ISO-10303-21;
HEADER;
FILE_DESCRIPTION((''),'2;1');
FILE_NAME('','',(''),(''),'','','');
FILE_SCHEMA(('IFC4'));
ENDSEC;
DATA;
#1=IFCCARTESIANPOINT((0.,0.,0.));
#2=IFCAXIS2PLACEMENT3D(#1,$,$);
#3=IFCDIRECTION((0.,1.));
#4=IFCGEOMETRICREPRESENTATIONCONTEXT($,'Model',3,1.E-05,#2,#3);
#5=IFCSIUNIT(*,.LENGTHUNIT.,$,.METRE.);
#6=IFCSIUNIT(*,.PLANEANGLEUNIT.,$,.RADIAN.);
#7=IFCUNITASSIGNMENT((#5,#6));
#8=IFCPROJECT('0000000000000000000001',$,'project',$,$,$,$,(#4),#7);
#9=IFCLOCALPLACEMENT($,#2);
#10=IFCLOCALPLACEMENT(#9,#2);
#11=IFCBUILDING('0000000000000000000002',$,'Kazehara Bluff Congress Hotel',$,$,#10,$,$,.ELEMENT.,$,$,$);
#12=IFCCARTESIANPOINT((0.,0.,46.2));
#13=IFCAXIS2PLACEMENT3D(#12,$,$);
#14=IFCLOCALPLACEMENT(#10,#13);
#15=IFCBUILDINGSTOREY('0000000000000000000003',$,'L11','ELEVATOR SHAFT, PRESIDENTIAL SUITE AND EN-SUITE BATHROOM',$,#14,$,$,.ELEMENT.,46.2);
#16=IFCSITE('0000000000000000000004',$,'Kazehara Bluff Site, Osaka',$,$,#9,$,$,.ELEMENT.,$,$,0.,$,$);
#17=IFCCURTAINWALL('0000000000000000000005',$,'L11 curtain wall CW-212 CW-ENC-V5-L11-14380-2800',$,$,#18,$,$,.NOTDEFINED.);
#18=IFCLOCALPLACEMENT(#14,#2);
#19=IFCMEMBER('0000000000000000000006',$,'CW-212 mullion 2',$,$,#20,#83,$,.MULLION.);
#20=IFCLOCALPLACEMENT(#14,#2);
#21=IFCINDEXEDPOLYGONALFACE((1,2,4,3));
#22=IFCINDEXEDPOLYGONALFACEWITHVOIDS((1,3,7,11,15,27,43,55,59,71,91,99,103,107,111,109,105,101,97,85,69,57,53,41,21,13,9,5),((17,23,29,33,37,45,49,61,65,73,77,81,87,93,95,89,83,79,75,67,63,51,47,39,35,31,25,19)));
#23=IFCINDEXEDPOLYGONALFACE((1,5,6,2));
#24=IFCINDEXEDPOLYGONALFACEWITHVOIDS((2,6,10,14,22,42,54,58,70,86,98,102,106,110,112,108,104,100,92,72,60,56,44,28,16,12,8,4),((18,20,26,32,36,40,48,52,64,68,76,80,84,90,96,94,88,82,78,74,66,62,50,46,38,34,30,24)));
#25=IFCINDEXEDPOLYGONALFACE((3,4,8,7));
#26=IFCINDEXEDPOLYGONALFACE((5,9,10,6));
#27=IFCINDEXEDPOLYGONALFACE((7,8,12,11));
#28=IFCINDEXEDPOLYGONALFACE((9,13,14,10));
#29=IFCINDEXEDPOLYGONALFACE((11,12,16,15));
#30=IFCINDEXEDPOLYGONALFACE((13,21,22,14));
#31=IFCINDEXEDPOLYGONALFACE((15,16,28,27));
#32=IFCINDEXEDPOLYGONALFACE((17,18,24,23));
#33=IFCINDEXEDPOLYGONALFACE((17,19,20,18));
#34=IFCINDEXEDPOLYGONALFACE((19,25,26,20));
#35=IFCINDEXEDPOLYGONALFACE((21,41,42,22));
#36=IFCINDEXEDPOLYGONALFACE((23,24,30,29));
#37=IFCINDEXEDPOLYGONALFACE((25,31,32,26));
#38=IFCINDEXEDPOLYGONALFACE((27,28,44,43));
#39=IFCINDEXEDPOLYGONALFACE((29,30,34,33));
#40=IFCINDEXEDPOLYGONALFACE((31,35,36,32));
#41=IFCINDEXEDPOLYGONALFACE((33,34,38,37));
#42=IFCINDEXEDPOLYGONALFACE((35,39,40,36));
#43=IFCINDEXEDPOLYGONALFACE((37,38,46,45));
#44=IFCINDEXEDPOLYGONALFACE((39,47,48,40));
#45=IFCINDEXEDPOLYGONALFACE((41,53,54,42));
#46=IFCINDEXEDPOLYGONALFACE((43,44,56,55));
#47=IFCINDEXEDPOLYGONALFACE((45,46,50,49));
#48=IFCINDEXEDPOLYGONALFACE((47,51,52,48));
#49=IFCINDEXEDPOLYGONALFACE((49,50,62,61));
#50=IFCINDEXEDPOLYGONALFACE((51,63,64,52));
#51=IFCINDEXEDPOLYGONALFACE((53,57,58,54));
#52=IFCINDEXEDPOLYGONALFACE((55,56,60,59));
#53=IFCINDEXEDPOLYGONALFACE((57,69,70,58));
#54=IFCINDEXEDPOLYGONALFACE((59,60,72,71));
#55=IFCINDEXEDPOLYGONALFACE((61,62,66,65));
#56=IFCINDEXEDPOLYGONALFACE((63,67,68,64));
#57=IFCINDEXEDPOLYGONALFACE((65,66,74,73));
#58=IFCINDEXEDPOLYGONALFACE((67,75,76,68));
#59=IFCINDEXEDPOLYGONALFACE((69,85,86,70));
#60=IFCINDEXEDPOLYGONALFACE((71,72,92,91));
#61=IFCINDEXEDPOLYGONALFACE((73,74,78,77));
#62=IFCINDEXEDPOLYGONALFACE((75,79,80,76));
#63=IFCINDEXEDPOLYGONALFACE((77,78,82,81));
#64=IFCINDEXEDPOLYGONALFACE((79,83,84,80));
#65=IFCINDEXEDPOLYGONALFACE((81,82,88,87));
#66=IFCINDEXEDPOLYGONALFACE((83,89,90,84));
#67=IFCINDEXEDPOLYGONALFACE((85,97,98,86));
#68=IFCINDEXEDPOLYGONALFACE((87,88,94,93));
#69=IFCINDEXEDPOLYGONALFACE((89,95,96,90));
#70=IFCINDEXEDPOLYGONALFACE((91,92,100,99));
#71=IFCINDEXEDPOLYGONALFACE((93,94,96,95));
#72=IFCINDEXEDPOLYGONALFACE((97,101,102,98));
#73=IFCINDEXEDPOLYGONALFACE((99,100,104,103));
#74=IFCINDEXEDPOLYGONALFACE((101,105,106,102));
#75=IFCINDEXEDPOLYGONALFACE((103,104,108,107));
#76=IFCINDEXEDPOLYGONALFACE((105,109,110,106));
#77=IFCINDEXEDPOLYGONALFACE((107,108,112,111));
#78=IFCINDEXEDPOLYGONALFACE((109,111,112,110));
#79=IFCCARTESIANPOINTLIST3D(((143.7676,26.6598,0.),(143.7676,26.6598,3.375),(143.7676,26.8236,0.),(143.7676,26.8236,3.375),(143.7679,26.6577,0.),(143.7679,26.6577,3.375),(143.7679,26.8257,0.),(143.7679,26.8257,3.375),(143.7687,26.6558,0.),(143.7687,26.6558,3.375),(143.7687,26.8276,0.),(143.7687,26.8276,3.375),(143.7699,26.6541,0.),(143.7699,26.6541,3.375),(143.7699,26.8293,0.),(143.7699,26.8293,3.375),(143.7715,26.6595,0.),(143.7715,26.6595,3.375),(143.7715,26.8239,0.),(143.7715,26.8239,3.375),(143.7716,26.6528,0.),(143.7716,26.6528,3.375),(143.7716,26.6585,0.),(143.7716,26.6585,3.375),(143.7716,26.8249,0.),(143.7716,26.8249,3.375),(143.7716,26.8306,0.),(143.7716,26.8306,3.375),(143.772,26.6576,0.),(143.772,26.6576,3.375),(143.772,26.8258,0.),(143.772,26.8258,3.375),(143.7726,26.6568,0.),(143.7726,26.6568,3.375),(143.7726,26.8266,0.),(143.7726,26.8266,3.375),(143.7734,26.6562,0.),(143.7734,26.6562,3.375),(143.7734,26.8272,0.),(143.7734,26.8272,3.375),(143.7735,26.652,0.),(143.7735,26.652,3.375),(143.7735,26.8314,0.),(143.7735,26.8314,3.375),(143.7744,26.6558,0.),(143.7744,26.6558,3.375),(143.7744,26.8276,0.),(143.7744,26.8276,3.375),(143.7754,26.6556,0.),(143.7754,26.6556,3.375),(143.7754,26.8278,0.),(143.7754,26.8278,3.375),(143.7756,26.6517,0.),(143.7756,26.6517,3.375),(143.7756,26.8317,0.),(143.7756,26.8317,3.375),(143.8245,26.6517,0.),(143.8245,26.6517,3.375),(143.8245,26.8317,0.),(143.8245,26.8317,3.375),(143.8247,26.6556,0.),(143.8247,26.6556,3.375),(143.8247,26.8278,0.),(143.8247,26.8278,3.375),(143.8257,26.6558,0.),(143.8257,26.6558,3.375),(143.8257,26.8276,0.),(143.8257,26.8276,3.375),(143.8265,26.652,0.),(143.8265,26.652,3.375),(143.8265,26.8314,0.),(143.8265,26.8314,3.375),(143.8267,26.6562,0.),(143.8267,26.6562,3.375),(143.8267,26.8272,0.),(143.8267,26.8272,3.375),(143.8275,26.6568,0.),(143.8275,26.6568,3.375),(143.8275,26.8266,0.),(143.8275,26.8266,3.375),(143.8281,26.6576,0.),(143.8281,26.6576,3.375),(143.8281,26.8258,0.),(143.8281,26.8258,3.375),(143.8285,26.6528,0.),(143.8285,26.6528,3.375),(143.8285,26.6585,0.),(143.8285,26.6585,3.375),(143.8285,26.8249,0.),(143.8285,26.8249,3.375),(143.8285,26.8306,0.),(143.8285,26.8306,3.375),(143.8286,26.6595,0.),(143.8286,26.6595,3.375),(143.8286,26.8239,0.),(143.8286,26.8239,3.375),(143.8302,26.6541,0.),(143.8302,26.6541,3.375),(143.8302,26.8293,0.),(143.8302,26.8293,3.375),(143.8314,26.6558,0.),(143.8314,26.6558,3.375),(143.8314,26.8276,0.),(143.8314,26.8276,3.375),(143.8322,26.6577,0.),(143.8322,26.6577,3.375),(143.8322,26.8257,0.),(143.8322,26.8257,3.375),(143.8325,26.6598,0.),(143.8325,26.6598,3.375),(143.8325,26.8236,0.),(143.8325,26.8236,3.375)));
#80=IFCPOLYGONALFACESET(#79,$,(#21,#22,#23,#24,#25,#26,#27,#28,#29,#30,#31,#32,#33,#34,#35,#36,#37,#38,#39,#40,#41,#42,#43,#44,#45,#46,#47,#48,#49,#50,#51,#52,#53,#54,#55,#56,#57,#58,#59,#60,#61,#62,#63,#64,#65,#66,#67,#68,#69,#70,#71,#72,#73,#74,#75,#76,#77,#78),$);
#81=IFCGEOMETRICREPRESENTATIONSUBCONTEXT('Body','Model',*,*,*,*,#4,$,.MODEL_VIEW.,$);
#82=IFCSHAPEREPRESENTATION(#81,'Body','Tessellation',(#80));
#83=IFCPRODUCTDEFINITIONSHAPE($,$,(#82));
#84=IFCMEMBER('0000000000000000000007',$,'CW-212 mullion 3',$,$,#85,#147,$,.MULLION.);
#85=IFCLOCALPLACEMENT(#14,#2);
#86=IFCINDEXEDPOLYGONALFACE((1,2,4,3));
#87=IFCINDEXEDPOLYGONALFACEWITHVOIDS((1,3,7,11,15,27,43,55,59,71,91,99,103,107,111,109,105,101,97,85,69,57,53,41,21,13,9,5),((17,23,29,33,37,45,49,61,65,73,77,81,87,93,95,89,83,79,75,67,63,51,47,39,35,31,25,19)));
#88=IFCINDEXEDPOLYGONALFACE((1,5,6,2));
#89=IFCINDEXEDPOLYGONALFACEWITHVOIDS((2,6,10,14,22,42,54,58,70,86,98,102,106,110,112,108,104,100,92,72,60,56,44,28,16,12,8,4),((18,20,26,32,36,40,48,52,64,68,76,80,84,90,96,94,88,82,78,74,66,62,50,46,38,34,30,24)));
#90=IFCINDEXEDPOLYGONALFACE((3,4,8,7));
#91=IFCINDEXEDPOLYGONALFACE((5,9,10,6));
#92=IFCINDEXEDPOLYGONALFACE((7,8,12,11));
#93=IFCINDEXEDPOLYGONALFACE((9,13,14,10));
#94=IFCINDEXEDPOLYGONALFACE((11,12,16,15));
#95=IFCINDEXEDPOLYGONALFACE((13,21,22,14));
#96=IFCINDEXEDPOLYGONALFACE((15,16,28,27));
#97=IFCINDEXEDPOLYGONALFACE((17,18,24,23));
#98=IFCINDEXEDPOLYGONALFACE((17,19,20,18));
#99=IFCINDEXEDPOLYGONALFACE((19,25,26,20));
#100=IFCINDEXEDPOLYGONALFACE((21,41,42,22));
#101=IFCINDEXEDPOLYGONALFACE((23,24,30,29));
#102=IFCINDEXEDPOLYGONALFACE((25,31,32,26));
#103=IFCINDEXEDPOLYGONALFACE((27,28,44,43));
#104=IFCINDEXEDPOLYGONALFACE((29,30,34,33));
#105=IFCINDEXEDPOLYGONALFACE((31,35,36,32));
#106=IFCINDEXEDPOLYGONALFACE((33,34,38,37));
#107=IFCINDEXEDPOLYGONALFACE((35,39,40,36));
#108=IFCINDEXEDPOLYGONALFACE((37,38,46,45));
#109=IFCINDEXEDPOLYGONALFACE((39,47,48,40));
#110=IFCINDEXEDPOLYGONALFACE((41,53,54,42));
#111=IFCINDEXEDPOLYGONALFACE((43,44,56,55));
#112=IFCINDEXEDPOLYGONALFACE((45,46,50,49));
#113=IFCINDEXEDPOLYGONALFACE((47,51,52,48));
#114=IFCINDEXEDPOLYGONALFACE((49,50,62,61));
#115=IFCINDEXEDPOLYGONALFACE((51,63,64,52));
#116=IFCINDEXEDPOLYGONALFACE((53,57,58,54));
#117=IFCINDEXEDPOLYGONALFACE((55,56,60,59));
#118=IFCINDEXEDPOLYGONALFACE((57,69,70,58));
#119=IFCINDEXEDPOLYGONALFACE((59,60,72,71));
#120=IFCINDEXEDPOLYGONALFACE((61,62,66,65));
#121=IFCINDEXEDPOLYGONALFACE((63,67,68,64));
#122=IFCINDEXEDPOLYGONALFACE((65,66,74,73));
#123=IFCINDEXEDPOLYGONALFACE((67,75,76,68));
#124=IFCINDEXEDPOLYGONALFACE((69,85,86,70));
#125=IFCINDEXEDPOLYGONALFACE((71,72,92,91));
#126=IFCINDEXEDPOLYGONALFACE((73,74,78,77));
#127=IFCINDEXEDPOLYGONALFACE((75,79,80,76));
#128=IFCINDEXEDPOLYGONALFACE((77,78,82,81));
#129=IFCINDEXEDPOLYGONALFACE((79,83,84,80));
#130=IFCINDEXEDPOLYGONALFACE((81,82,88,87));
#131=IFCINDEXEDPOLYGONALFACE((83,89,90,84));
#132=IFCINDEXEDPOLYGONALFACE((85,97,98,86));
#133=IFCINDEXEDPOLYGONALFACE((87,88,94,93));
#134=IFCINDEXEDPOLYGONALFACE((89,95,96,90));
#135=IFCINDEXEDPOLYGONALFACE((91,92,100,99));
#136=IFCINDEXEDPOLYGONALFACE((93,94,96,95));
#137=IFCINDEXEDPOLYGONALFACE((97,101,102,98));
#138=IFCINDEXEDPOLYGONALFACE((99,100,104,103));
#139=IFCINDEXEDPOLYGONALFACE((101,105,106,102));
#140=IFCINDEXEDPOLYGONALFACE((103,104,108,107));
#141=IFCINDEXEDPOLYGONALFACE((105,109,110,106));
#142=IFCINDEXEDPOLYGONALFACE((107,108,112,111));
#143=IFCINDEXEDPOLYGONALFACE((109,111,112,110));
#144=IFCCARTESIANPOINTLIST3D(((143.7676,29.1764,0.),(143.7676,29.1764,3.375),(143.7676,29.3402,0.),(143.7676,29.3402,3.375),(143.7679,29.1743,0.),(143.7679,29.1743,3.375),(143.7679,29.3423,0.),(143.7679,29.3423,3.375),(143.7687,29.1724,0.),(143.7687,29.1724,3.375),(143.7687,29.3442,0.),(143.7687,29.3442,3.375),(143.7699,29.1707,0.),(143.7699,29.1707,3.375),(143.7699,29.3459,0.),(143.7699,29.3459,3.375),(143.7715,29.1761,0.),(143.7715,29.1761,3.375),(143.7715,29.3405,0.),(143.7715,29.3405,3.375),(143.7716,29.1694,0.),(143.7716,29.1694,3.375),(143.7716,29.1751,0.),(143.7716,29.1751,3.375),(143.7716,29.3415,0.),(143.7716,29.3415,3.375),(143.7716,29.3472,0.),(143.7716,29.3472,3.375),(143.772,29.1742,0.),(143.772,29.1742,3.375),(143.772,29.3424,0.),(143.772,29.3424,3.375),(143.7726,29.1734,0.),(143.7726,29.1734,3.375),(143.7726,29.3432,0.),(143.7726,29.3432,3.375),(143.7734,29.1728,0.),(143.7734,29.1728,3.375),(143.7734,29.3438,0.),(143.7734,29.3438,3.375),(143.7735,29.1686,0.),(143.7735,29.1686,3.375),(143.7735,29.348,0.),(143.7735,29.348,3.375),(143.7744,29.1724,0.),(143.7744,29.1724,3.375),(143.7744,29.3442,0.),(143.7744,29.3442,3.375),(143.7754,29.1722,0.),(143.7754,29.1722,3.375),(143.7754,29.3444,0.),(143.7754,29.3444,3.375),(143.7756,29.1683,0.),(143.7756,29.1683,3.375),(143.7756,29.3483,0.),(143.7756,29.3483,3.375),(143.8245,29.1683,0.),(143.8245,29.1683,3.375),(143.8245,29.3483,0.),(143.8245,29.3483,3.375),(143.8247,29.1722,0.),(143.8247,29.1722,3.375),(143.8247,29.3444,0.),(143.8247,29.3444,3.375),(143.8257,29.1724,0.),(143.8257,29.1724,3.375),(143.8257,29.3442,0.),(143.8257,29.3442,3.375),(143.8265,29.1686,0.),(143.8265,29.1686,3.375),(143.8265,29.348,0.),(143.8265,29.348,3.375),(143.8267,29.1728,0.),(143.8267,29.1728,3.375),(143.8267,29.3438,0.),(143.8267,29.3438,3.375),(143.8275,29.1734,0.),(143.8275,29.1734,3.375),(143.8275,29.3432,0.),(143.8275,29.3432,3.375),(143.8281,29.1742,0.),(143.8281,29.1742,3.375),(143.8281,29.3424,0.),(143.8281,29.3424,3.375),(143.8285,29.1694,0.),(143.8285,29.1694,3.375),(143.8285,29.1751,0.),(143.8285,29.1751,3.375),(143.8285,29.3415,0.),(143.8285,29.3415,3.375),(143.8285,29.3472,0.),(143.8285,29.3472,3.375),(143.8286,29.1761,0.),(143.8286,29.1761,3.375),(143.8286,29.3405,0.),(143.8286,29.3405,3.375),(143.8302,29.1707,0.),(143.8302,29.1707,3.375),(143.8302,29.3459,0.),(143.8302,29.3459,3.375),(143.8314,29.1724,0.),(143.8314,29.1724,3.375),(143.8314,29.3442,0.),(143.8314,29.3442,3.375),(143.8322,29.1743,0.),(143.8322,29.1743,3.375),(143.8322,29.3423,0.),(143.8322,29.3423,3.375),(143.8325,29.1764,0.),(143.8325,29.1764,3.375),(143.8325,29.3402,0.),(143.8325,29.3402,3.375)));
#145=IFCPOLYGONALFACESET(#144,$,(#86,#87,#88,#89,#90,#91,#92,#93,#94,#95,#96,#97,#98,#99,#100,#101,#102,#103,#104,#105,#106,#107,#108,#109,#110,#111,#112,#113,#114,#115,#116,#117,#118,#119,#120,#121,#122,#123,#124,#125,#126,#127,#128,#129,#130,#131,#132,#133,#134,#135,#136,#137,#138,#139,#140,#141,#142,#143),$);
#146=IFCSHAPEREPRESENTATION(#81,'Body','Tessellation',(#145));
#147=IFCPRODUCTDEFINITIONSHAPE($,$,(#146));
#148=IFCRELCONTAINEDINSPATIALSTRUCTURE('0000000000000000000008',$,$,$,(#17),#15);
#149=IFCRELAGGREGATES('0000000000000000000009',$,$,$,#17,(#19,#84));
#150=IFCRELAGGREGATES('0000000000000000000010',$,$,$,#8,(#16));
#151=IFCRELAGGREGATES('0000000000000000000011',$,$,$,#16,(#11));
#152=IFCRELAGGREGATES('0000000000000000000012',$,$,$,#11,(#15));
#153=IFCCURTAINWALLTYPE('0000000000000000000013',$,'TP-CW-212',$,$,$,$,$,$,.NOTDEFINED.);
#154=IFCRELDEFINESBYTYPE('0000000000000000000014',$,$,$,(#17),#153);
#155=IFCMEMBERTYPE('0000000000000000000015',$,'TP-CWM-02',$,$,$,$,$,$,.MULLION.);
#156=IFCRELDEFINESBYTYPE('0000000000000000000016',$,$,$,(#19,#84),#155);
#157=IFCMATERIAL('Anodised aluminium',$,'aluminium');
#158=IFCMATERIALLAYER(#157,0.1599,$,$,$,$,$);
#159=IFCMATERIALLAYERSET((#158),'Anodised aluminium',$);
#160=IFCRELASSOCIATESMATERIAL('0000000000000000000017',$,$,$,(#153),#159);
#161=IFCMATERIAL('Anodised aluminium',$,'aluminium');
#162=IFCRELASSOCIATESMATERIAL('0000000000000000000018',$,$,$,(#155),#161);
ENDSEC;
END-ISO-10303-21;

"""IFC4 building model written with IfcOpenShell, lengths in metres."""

from ifc_helpers import new_model, si_unit, direction, frame, origin, origin_2d, place, context, subcontext, project, spatial, hollow_rectangle, extrude, material, layer, layer_set, material_profile, profile_set, type_object, element, aggregate, save


model = new_model("IFC4")

# Units and contexts
model_context = context("Model", 3, precision=1e-05, world=origin(), true_north=direction((0.0, 1.0)))
body_context = subcontext(model_context, "Body", "Model", "MODEL_VIEW")
ifc_project = project(units=[si_unit("LENGTHUNIT", "METRE"), si_unit("PLANEANGLEUNIT", "RADIAN")], contexts=[model_context])

# Site, building, storey
site_placement = place(None, origin())
site = spatial("IfcSite", under=ifc_project, at=site_placement, Name="Kazehara Bluff Site, Osaka", CompositionType="ELEMENT", RefElevation=0.0)
building_placement = place(site_placement, origin())
building = spatial("IfcBuilding", under=site, at=building_placement, Name="Kazehara Bluff Congress Hotel", CompositionType="ELEMENT")
storey_placement = place(building_placement, frame((0.0, 0.0, 46.2)))
storey = spatial("IfcBuildingStorey", under=building, at=storey_placement, Name="L11", Description="ELEVATOR SHAFT, PRESIDENTIAL SUITE AND EN-SUITE BATHROOM", CompositionType="ELEMENT", Elevation=46.2)

# Curtain wall, members
ifc_material_1 = material(Name="Anodised aluminium", Category="aluminium")
ifc_layer_1 = layer(ifc_material_1, 0.1599)
ifc_layer_set_1 = layer_set([ifc_layer_1], Name="Anodised aluminium")
curtain_wall_type_1 = type_object("IfcCurtainWallType", Name="TP-CW-212", PredefinedType="NOTDEFINED", material=ifc_layer_set_1)
curtain_wall_1_placement = place(storey_placement, origin())
curtain_wall_1 = element("IfcCurtainWall", 1, at=curtain_wall_1_placement, inside=storey, type_object=curtain_wall_type_1, Name="L11 curtain wall CW-212 CW-ENC-V5-L11-14380-2800", PredefinedType="NOTDEFINED")
ifc_material_2 = material(Name="Anodised aluminium", Category="aluminium")
ifc_material_profile_1 = material_profile(ifc_material_2, hollow_rectangle(XDim=0.0649, YDim=0.1799, WallThickness=0.0039, InnerFilletRadius=0.0039, OuterFilletRadius=0.0081, at=origin_2d()))
ifc_profile_set_1 = profile_set([ifc_material_profile_1], Name="Anodised aluminium")
member_type_1 = type_object("IfcMemberType", Name="TP-CWM-02", PredefinedType="MULLION", material=ifc_profile_set_1)
member_1_placement = place(storey_placement, frame((143.8, 26.7417, 0.0), z_axis=(0.0, 0.0, 1.0), x_axis=(-1.0, 0.0, 0.0)))
member_1 = element("IfcMember", 2, at=member_1_placement, type_object=member_type_1, Name="CW-212 mullion 2", PredefinedType="MULLION", context=body_context, shape_type="SweptSolid", body=[
    extrude(hollow_rectangle(XDim=0.0649, YDim=0.1799, WallThickness=0.0039, InnerFilletRadius=0.0039, OuterFilletRadius=0.0081, at=origin_2d()), origin(), (0.0, 0.0, 1.0), 3.375),
])
member_2_placement = place(storey_placement, frame((143.8, 29.2583, 0.0), z_axis=(0.0, 0.0, 1.0), x_axis=(-1.0, 0.0, 0.0)))
member_2 = element("IfcMember", 3, at=member_2_placement, type_object=member_type_1, Name="CW-212 mullion 3", PredefinedType="MULLION", context=body_context, shape_type="SweptSolid", body=[
    extrude(hollow_rectangle(XDim=0.0649, YDim=0.1799, WallThickness=0.0039, InnerFilletRadius=0.0039, OuterFilletRadius=0.0081, at=origin_2d()), origin(), (0.0, 0.0, 1.0), 3.375),
])

aggregate(curtain_wall_1, [member_1, member_2])

save(model, "model.ifc")
